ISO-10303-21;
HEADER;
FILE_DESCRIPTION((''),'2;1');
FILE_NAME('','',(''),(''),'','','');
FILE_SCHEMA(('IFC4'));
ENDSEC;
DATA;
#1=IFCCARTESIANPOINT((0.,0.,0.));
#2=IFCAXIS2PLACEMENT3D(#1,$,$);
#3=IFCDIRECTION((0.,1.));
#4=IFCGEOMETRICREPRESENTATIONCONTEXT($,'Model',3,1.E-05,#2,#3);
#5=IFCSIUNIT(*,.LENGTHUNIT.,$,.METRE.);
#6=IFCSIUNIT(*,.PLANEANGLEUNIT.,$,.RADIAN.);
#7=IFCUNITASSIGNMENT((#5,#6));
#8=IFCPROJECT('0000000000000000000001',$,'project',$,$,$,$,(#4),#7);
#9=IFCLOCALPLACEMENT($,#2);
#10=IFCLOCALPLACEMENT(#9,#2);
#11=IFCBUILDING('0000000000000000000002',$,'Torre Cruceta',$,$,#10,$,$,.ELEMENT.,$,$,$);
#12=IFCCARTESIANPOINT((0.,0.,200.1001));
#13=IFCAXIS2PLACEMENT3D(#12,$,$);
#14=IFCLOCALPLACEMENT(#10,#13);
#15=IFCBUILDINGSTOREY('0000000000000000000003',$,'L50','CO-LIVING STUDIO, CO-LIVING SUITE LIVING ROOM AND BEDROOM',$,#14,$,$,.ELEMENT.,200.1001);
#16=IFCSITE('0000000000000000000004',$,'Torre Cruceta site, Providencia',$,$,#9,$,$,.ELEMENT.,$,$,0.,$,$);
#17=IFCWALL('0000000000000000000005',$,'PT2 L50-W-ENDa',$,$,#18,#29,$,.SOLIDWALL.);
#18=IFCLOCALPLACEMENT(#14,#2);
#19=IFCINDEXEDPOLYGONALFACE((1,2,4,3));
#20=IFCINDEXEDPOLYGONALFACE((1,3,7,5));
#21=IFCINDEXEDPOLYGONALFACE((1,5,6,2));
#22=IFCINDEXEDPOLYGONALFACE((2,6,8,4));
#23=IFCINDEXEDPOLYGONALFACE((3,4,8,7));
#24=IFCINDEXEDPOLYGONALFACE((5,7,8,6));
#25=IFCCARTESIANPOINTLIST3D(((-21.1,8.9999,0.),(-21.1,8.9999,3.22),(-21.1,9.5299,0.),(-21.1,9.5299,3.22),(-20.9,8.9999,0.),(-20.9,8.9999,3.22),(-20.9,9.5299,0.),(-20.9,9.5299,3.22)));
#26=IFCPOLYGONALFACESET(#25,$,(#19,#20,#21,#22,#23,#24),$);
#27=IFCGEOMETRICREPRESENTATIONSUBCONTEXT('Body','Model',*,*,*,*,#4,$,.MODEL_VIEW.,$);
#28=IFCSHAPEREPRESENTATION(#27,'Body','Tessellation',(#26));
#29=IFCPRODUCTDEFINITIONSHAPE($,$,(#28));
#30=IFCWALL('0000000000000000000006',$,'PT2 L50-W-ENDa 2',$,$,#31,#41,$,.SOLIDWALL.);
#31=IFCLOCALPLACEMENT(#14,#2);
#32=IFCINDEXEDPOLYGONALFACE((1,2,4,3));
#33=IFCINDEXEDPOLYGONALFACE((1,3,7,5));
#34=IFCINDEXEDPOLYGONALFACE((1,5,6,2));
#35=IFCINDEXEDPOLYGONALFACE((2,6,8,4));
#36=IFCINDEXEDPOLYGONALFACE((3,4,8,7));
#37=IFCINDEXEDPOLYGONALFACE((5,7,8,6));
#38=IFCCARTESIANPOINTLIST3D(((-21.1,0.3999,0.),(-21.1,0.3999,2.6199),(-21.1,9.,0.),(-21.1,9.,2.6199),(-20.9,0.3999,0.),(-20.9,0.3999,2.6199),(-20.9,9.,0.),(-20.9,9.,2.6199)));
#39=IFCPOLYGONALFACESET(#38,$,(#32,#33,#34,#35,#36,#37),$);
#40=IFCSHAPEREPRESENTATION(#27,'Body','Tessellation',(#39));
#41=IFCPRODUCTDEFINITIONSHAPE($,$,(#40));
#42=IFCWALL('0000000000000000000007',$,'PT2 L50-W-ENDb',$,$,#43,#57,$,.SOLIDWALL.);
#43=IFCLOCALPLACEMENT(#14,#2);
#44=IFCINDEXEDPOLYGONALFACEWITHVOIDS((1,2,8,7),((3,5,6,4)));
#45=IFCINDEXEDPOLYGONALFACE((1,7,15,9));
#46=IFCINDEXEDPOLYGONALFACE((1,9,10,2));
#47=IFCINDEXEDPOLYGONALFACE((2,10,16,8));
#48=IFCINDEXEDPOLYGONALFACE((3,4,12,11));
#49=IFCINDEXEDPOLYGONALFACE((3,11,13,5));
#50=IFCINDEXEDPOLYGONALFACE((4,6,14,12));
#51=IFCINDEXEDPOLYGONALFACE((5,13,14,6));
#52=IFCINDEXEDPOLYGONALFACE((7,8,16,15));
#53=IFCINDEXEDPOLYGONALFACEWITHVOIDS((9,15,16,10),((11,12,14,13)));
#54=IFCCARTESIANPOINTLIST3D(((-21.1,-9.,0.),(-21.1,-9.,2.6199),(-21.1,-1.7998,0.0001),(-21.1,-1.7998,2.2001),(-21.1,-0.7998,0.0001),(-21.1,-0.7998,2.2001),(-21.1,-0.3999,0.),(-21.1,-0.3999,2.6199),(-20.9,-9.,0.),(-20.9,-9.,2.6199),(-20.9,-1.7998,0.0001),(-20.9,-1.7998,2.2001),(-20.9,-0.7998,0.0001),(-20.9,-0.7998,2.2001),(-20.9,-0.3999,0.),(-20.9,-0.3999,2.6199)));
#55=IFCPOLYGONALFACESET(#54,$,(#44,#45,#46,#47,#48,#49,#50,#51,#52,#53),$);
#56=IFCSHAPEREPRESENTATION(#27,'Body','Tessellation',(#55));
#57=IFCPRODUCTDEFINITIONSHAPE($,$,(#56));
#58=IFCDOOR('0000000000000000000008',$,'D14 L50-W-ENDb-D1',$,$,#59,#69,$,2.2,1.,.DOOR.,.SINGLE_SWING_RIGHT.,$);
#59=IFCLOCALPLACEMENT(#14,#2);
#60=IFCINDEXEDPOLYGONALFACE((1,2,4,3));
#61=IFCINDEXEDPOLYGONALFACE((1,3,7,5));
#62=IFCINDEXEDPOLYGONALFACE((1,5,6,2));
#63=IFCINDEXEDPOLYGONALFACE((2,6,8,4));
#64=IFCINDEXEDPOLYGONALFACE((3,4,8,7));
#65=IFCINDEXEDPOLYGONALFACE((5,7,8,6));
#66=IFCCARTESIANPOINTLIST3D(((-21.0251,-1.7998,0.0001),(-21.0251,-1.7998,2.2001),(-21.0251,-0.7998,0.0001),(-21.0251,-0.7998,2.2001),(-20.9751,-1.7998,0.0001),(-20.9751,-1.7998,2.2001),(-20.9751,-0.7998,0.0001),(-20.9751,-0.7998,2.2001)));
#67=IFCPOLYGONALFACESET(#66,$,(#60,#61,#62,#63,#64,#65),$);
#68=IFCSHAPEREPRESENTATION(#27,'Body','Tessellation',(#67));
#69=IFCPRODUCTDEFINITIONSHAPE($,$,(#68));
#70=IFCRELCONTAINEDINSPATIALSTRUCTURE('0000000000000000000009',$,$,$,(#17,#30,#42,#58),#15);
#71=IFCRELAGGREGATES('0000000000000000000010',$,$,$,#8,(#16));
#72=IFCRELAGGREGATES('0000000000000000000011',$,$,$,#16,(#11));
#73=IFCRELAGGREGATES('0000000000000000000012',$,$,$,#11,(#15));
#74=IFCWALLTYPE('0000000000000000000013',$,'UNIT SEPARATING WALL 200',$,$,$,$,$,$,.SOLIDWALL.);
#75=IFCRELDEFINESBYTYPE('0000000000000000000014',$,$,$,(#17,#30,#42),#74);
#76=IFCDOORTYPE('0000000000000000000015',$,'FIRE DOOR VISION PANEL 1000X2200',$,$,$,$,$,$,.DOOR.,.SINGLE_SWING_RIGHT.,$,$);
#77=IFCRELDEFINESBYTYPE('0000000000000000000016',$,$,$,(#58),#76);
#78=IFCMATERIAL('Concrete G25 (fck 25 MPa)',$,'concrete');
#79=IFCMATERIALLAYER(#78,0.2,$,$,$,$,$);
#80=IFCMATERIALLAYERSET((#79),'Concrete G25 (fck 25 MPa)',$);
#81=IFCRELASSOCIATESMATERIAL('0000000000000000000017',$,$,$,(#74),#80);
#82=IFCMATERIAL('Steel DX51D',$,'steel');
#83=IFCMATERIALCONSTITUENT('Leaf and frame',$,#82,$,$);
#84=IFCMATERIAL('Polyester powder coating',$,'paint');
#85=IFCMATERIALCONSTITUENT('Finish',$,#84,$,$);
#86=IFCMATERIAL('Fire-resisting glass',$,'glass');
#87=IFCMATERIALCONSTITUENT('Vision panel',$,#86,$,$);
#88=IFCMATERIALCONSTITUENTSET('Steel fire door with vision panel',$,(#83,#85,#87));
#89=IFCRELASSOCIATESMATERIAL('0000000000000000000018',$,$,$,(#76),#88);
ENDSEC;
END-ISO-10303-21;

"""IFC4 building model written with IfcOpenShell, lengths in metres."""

from ifc_helpers import new_model, si_unit, direction, frame, frame_2d, origin, place, context, subcontext, project, spatial, rectangle, extrude, material, layer, layer_set, constituent, constituent_set, type_object, element, fill, save


model = new_model("IFC4")

# Units and contexts
model_context = context("Model", 3, precision=1e-05, world=origin(), true_north=direction((0.0, 1.0)))
body_context = subcontext(model_context, "Body", "Model", "MODEL_VIEW")
ifc_project = project(units=[si_unit("LENGTHUNIT", "METRE"), si_unit("PLANEANGLEUNIT", "RADIAN")], contexts=[model_context])

# Site, building, storey
site_placement = place(None, origin())
site = spatial("IfcSite", under=ifc_project, at=site_placement, Name="Torre Cruceta site, Providencia", CompositionType="ELEMENT", RefElevation=0.0)
building_placement = place(site_placement, origin())
building = spatial("IfcBuilding", under=site, at=building_placement, Name="Torre Cruceta", CompositionType="ELEMENT")
storey_placement = place(building_placement, frame((0.0, 0.0, 200.1001)))
storey = spatial("IfcBuildingStorey", under=building, at=storey_placement, Name="L50", Description="CO-LIVING STUDIO, CO-LIVING SUITE LIVING ROOM AND BEDROOM", CompositionType="ELEMENT", Elevation=200.1001)

# Walls
ifc_material_1 = material(Name="Concrete G25 (fck 25 MPa)", Category="concrete")
ifc_layer_1 = layer(ifc_material_1, 0.2)
ifc_layer_set_1 = layer_set([ifc_layer_1], Name="Concrete G25 (fck 25 MPa)")
wall_type_1 = type_object("IfcWallType", Name="UNIT SEPARATING WALL 200", PredefinedType="SOLIDWALL", material=ifc_layer_set_1)
wall_1_placement = place(storey_placement, frame((-21.0, 9.53, 0.0), z_axis=(0.0, 0.0, 1.0), x_axis=(0.0, -1.0, 0.0)))
element("IfcWall", 1, at=wall_1_placement, inside=storey, type_object=wall_type_1, Name="PT2 L50-W-ENDa", PredefinedType="SOLIDWALL", context=body_context, shape_type="SweptSolid", body=[
    extrude(rectangle(XDim=0.53, YDim=0.2, at=frame_2d((0.2651, 0.0))), origin(), (0.0, 0.0, 1.0), 3.22),
])
wall_2_placement = place(storey_placement, frame((-21.0, 9.0, 0.0), z_axis=(0.0, 0.0, 1.0), x_axis=(0.0, -1.0, 0.0)))
element("IfcWall", 2, at=wall_2_placement, inside=storey, type_object=wall_type_1, Name="PT2 L50-W-ENDa 2", PredefinedType="SOLIDWALL", context=body_context, shape_type="SweptSolid", body=[
    extrude(rectangle(XDim=8.6001, YDim=0.2, at=frame_2d((4.3, 0.0))), origin(), (0.0, 0.0, 1.0), 2.6199),
])

# Wall, opening, door
wall_3_placement = place(storey_placement, frame((-21.0, -0.3999, 0.0), z_axis=(0.0, 0.0, 1.0), x_axis=(0.0, -1.0, 0.0)))
wall_3 = element("IfcWall", 3, at=wall_3_placement, inside=storey, type_object=wall_type_1, Name="PT2 L50-W-ENDb", PredefinedType="SOLIDWALL", context=body_context, shape_type="SweptSolid", body=[
    extrude(rectangle(XDim=8.6001, YDim=0.2, at=frame_2d((4.3, 0.0))), origin(), (0.0, 0.0, 1.0), 2.6199),
])
opening_1_placement = place(wall_3_placement, frame((0.3999, 0.0, 0.0)))
opening_1 = element("IfcOpeningElement", 4, at=opening_1_placement, cuts=wall_3, PredefinedType="OPENING", context=body_context, shape_type="SweptSolid", body=[
    extrude(rectangle(XDim=1.0, YDim=2.2, at=frame_2d((0.5, 1.1001))), frame((0.0, 0.1099, 0.0), z_axis=(0.0, -1.0, 0.0), x_axis=(1.0, 0.0, 0.0)), (0.0, 0.0, 1.0), 0.22),
])
ifc_material_2 = material(Name="Steel DX51D", Category="steel")
ifc_constituent_1 = constituent(ifc_material_2, Name="Leaf and frame")
ifc_material_3 = material(Name="Polyester powder coating", Category="paint")
ifc_constituent_2 = constituent(ifc_material_3, Name="Finish")
ifc_material_4 = material(Name="Fire-resisting glass", Category="glass")
ifc_constituent_3 = constituent(ifc_material_4, Name="Vision panel")
ifc_constituent_set_1 = constituent_set(constituents=[ifc_constituent_1, ifc_constituent_2, ifc_constituent_3], Name="Steel fire door with vision panel")
door_type = type_object("IfcDoorType", Name="FIRE DOOR VISION PANEL 1000X2200", OperationType="SINGLE_SWING_RIGHT", PredefinedType="DOOR", material=ifc_constituent_set_1)
door_placement = place(opening_1_placement, frame((1.0, 0.0, 0.0), z_axis=(0.0, 0.0, 1.0), x_axis=(-1.0, 0.0, 0.0)))
door = element("IfcDoor", 5, at=door_placement, inside=storey, type_object=door_type, Name="D14 L50-W-ENDb-D1", OperationType="SINGLE_SWING_RIGHT", OverallHeight=2.2, OverallWidth=1.0, PredefinedType="DOOR", context=body_context, shape_type="SweptSolid", body=[
    extrude(rectangle(XDim=1.0, YDim=2.2, at=frame_2d((0.5, 1.1001))), frame((0.0, 0.0251, 0.0), z_axis=(0.0, -1.0, 0.0), x_axis=(1.0, 0.0, 0.0)), (0.0, 0.0, 1.0), 0.05),
])
fill(opening_1, door)

save(model, "model.ifc")
